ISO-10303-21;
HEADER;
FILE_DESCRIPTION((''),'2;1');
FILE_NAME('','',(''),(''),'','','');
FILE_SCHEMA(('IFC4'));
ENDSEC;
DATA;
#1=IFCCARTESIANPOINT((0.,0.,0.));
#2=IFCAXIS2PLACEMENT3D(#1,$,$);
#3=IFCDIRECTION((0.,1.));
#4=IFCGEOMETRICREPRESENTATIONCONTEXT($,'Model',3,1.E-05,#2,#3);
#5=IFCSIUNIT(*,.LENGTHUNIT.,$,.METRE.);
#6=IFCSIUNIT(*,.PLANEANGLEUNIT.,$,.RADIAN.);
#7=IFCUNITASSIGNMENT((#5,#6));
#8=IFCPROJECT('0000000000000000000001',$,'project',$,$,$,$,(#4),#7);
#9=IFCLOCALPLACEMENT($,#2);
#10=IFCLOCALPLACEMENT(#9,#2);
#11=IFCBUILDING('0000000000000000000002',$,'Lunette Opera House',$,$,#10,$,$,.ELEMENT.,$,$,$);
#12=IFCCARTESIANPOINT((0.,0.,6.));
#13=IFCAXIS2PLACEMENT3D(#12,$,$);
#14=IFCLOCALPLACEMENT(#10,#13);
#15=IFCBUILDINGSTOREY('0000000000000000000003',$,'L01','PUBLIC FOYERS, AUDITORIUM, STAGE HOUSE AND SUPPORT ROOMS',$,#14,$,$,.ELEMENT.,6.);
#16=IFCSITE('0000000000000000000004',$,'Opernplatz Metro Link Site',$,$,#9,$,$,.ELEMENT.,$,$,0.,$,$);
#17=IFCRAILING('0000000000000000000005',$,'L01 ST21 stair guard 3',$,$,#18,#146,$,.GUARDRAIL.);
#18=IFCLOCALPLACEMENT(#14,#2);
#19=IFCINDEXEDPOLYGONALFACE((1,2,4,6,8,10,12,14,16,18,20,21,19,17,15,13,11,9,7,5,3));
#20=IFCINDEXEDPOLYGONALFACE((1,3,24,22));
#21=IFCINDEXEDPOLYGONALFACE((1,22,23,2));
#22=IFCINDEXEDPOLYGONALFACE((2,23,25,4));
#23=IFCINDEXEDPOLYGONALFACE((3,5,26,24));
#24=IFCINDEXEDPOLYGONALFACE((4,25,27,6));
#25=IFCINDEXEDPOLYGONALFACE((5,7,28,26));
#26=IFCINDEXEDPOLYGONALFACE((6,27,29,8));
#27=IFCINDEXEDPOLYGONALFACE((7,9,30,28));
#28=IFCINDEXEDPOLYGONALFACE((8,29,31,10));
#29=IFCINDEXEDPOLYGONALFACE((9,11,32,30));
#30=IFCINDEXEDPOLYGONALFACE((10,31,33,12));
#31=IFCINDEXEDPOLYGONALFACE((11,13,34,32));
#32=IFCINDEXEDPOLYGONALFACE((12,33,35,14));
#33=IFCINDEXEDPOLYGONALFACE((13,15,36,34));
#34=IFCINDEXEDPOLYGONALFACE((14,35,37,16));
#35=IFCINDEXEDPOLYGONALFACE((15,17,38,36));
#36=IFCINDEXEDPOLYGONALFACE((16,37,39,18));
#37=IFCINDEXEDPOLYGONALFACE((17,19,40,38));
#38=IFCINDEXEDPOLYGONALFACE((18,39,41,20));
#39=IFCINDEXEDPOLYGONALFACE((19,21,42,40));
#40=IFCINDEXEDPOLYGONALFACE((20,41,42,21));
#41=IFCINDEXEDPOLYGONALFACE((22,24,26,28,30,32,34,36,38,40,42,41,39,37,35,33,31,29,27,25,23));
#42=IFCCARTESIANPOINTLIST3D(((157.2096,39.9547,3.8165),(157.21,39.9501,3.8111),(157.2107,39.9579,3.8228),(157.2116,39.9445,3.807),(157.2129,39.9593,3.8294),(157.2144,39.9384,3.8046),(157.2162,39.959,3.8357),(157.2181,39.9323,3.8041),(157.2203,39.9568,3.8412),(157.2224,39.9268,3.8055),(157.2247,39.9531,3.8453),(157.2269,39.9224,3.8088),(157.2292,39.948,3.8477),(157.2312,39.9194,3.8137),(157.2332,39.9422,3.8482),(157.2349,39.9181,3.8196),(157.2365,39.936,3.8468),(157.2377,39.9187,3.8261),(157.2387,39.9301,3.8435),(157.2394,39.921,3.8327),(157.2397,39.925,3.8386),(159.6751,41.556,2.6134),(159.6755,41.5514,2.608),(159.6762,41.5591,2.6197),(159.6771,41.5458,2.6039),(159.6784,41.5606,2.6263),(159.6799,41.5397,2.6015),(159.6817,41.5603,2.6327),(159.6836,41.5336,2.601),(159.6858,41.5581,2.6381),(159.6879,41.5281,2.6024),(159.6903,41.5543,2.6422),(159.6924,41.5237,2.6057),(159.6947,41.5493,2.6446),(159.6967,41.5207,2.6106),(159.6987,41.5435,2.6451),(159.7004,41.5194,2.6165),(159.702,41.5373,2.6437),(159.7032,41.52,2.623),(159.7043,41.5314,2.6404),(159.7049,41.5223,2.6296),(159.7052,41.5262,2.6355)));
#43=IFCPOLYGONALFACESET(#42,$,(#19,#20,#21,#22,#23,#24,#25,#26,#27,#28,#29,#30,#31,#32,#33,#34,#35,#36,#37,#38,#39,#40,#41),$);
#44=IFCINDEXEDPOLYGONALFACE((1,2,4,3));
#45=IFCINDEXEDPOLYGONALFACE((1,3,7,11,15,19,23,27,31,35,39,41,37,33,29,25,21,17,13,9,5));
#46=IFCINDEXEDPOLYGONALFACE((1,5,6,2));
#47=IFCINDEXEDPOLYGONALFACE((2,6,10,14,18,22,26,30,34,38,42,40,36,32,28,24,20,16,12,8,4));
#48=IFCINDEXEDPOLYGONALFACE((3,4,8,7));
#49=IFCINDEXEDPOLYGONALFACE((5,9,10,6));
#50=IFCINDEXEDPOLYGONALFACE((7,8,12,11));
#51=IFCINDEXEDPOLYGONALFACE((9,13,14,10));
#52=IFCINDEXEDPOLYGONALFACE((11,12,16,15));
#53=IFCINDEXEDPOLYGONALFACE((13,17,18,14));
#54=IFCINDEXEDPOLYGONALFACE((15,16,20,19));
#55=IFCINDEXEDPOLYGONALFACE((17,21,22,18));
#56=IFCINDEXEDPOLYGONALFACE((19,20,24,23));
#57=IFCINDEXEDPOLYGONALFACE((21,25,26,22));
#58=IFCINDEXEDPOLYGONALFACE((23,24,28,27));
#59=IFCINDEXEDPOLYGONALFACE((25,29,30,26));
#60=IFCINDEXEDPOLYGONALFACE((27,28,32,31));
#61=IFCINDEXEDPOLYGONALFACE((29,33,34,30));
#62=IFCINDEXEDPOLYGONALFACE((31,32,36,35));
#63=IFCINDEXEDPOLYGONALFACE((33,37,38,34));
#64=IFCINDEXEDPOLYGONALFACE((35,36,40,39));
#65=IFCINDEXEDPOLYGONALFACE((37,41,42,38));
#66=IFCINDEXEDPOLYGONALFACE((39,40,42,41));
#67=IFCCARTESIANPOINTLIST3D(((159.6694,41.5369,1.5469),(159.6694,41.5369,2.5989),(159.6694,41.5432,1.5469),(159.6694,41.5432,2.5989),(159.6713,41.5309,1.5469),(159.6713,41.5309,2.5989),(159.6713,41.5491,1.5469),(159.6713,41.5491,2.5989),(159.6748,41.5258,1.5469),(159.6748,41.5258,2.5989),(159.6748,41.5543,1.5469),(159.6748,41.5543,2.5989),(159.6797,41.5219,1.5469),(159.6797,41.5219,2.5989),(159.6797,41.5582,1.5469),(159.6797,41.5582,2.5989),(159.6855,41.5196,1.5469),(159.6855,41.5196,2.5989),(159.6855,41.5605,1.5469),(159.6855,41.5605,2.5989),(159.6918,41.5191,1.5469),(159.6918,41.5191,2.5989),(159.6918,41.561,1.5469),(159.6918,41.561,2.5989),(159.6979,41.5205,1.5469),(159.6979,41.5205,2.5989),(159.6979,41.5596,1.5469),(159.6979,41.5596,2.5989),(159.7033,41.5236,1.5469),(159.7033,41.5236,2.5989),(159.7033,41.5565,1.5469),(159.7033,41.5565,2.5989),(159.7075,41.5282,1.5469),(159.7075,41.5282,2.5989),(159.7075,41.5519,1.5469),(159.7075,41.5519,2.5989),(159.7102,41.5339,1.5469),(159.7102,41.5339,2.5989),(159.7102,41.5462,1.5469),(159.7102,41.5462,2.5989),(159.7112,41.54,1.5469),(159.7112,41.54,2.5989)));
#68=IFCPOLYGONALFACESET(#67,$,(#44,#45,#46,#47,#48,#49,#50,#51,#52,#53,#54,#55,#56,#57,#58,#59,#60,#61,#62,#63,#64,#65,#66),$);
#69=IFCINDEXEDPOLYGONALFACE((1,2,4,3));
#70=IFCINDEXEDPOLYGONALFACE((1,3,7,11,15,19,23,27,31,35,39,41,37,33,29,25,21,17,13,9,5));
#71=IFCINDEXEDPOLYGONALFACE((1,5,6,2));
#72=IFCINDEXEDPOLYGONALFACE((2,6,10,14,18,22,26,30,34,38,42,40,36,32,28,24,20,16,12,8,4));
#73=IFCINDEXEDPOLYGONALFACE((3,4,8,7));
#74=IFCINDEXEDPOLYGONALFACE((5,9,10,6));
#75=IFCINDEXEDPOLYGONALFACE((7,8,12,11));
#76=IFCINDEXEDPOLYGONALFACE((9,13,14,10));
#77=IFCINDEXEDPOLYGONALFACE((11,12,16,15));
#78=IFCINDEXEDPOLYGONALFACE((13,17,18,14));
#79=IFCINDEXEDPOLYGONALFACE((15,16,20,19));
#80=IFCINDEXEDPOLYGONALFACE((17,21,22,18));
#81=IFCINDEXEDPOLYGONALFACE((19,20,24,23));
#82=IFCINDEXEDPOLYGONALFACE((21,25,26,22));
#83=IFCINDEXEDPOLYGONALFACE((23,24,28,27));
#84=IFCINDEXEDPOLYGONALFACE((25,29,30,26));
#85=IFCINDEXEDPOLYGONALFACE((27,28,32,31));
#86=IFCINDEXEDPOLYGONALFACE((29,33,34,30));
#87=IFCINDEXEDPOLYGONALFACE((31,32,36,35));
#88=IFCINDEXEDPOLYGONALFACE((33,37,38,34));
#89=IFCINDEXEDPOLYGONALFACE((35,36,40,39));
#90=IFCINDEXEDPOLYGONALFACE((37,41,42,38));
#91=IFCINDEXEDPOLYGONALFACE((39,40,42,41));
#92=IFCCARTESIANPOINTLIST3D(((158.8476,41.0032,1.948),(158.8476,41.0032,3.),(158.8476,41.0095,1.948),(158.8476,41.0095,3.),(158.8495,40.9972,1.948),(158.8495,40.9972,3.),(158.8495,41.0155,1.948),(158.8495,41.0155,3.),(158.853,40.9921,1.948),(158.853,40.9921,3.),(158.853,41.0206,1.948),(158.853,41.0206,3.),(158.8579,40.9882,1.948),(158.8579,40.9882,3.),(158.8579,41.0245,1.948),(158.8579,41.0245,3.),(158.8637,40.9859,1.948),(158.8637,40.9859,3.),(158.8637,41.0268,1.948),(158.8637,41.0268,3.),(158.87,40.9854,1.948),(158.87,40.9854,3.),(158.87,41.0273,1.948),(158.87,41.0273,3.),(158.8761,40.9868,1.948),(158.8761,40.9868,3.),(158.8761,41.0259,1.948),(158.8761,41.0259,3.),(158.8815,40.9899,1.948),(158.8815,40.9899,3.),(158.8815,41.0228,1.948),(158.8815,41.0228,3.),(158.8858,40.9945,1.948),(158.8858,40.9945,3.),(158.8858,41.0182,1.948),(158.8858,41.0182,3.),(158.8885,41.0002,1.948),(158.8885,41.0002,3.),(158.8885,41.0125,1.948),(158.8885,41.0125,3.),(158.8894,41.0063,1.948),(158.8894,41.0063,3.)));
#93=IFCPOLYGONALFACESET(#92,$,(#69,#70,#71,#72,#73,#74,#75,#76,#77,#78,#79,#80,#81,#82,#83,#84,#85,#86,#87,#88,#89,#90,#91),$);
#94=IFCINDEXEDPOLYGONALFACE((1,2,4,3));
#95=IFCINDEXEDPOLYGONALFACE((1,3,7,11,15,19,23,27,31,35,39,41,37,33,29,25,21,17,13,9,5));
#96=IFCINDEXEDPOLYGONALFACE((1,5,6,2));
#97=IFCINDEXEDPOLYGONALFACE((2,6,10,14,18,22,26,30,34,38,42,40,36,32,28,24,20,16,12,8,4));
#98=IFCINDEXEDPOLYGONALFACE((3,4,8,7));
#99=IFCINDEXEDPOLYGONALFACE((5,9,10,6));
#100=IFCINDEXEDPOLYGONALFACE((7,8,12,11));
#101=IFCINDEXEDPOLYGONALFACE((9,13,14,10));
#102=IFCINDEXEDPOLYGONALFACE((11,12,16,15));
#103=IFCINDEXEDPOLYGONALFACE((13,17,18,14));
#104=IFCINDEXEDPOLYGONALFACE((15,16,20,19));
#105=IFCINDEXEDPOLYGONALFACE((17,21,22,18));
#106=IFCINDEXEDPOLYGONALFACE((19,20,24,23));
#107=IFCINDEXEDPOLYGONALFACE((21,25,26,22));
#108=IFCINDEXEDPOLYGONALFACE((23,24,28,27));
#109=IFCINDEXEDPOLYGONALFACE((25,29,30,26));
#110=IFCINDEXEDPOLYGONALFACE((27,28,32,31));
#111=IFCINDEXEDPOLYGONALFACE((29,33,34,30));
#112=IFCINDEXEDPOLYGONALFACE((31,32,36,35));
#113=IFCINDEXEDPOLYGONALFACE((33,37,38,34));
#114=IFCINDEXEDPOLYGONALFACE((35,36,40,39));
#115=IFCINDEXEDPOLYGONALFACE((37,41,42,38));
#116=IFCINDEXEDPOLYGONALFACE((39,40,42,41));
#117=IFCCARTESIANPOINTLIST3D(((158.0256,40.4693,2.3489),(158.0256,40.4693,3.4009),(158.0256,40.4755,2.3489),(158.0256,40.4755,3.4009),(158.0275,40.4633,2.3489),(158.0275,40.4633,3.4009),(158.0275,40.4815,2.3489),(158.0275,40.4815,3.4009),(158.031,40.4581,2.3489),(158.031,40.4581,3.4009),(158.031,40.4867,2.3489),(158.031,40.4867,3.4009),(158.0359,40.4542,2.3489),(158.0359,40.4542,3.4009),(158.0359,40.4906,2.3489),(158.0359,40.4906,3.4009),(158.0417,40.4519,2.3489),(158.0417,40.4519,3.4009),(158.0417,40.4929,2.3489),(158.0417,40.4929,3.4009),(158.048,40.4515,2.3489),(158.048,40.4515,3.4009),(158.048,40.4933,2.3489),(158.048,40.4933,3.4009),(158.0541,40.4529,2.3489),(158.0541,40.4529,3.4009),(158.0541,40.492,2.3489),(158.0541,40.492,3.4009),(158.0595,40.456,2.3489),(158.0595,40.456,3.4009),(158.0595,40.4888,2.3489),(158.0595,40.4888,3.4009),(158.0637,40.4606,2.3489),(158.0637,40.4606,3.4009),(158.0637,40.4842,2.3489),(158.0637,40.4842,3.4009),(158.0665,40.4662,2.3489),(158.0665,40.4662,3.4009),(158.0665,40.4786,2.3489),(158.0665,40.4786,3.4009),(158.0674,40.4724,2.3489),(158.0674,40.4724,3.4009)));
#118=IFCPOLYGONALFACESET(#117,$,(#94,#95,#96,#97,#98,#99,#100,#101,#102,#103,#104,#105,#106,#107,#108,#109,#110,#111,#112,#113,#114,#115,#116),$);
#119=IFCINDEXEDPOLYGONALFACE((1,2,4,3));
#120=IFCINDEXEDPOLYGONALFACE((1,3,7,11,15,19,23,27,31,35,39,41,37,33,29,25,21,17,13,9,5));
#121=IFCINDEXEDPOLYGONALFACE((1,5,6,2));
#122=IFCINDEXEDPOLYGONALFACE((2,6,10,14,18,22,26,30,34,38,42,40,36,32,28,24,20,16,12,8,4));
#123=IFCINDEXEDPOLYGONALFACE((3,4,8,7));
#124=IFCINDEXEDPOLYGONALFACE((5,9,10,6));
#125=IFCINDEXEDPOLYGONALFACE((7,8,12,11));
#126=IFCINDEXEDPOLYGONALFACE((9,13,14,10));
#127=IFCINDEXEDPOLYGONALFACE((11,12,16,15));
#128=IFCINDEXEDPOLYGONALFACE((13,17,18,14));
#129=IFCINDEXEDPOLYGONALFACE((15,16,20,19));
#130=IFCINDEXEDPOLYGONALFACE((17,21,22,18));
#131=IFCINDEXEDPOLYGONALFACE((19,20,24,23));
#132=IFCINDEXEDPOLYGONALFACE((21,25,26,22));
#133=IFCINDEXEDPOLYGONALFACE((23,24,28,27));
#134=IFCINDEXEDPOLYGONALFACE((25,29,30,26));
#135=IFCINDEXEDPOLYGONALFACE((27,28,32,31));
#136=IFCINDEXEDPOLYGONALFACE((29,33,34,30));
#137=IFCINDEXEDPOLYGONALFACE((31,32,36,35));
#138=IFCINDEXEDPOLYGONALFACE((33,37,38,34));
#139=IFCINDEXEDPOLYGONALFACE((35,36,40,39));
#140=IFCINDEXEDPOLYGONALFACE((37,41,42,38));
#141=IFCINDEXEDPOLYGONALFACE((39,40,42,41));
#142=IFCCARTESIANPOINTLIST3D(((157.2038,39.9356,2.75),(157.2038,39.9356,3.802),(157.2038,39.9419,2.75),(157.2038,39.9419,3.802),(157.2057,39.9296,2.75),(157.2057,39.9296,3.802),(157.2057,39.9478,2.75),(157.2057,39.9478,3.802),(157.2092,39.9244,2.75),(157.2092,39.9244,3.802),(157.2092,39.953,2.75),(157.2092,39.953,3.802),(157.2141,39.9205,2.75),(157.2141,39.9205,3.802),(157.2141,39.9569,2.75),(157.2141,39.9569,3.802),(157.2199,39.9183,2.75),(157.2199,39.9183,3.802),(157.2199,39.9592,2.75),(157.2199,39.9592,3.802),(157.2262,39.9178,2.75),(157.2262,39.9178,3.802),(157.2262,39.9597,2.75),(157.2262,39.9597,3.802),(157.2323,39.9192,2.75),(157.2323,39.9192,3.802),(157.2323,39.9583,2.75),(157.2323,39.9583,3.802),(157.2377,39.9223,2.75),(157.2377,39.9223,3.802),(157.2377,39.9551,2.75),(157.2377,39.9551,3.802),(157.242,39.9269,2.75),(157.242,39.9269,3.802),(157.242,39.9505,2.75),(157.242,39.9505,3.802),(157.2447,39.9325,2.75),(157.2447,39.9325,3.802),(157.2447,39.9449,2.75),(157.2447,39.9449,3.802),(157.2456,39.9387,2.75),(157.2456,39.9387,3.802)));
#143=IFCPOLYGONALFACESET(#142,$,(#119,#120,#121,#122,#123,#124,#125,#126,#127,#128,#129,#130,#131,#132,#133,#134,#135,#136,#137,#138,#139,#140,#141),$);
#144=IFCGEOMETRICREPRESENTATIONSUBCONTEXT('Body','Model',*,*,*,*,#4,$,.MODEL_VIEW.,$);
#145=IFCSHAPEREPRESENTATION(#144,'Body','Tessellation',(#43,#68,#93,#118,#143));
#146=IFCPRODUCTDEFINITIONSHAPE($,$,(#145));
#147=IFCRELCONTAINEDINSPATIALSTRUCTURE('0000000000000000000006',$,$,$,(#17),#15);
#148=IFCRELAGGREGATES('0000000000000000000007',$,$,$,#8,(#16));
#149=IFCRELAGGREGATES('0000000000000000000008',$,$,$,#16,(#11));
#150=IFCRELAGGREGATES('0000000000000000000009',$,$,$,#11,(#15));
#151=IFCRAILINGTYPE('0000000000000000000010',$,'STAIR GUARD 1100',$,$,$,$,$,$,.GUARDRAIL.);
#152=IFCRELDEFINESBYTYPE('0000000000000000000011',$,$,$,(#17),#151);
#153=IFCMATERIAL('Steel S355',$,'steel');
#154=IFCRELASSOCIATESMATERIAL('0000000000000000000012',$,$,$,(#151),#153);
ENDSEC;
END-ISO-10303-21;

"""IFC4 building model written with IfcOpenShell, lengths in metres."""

from ifc_helpers import new_model, si_unit, direction, frame, origin, origin_2d, place, context, subcontext, project, spatial, circle, extrude, material, type_object, element, save


model = new_model("IFC4")

# Units and contexts
model_context = context("Model", 3, precision=1e-05, world=origin(), true_north=direction((0.0, 1.0)))
body_context = subcontext(model_context, "Body", "Model", "MODEL_VIEW")
ifc_project = project(units=[si_unit("LENGTHUNIT", "METRE"), si_unit("PLANEANGLEUNIT", "RADIAN")], contexts=[model_context])

# Site, building, storey
site_placement = place(None, origin())
site = spatial("IfcSite", under=ifc_project, at=site_placement, Name="Opernplatz Metro Link Site", CompositionType="ELEMENT", RefElevation=0.0)
building_placement = place(site_placement, origin())
building = spatial("IfcBuilding", under=site, at=building_placement, Name="Lunette Opera House", CompositionType="ELEMENT")
storey_placement = place(building_placement, frame((0.0, 0.0, 6.0)))
storey = spatial("IfcBuildingStorey", under=building, at=storey_placement, Name="L01", Description="PUBLIC FOYERS, AUDITORIUM, STAGE HOUSE AND SUPPORT ROOMS", CompositionType="ELEMENT", Elevation=6.0)

# Railing
ifc_material_1 = material(Name="Steel S355", Category="steel")
railing_type_1 = type_object("IfcRailingType", Name="STAIR GUARD 1100", PredefinedType="GUARDRAIL", material=ifc_material_1)
railing_1_placement = place(storey_placement, frame((159.6902, 41.54, 1.5469)))
element("IfcRailing", 1, at=railing_1_placement, inside=storey, type_object=railing_type_1, Name="L01 ST21 stair guard 3", PredefinedType="GUARDRAIL", context=body_context, shape_type="SweptSolid", body=[
    extrude(circle(Radius=0.0239, at=origin_2d()), frame((0.0, 0.0, 1.0762), z_axis=(-0.776168, -0.504098, 0.378746), x_axis=(0.544676, -0.838647, 0.0)), (0.0, 0.0, 1.0), 3.1765),
    extrude(circle(Radius=0.021, at=origin_2d()), origin(), (0.0, 0.0, 1.0), 1.052),
    extrude(circle(Radius=0.021, at=origin_2d()), frame((-0.8218, -0.5337, 0.4011)), (0.0, 0.0, 1.0), 1.052),
    extrude(circle(Radius=0.021, at=origin_2d()), frame((-1.6438, -1.0676, 0.802)), (0.0, 0.0, 1.0), 1.052),
    extrude(circle(Radius=0.021, at=origin_2d()), frame((-2.4656, -1.6013, 1.2031)), (0.0, 0.0, 1.0), 1.052),
])

save(model, "model.ifc")
